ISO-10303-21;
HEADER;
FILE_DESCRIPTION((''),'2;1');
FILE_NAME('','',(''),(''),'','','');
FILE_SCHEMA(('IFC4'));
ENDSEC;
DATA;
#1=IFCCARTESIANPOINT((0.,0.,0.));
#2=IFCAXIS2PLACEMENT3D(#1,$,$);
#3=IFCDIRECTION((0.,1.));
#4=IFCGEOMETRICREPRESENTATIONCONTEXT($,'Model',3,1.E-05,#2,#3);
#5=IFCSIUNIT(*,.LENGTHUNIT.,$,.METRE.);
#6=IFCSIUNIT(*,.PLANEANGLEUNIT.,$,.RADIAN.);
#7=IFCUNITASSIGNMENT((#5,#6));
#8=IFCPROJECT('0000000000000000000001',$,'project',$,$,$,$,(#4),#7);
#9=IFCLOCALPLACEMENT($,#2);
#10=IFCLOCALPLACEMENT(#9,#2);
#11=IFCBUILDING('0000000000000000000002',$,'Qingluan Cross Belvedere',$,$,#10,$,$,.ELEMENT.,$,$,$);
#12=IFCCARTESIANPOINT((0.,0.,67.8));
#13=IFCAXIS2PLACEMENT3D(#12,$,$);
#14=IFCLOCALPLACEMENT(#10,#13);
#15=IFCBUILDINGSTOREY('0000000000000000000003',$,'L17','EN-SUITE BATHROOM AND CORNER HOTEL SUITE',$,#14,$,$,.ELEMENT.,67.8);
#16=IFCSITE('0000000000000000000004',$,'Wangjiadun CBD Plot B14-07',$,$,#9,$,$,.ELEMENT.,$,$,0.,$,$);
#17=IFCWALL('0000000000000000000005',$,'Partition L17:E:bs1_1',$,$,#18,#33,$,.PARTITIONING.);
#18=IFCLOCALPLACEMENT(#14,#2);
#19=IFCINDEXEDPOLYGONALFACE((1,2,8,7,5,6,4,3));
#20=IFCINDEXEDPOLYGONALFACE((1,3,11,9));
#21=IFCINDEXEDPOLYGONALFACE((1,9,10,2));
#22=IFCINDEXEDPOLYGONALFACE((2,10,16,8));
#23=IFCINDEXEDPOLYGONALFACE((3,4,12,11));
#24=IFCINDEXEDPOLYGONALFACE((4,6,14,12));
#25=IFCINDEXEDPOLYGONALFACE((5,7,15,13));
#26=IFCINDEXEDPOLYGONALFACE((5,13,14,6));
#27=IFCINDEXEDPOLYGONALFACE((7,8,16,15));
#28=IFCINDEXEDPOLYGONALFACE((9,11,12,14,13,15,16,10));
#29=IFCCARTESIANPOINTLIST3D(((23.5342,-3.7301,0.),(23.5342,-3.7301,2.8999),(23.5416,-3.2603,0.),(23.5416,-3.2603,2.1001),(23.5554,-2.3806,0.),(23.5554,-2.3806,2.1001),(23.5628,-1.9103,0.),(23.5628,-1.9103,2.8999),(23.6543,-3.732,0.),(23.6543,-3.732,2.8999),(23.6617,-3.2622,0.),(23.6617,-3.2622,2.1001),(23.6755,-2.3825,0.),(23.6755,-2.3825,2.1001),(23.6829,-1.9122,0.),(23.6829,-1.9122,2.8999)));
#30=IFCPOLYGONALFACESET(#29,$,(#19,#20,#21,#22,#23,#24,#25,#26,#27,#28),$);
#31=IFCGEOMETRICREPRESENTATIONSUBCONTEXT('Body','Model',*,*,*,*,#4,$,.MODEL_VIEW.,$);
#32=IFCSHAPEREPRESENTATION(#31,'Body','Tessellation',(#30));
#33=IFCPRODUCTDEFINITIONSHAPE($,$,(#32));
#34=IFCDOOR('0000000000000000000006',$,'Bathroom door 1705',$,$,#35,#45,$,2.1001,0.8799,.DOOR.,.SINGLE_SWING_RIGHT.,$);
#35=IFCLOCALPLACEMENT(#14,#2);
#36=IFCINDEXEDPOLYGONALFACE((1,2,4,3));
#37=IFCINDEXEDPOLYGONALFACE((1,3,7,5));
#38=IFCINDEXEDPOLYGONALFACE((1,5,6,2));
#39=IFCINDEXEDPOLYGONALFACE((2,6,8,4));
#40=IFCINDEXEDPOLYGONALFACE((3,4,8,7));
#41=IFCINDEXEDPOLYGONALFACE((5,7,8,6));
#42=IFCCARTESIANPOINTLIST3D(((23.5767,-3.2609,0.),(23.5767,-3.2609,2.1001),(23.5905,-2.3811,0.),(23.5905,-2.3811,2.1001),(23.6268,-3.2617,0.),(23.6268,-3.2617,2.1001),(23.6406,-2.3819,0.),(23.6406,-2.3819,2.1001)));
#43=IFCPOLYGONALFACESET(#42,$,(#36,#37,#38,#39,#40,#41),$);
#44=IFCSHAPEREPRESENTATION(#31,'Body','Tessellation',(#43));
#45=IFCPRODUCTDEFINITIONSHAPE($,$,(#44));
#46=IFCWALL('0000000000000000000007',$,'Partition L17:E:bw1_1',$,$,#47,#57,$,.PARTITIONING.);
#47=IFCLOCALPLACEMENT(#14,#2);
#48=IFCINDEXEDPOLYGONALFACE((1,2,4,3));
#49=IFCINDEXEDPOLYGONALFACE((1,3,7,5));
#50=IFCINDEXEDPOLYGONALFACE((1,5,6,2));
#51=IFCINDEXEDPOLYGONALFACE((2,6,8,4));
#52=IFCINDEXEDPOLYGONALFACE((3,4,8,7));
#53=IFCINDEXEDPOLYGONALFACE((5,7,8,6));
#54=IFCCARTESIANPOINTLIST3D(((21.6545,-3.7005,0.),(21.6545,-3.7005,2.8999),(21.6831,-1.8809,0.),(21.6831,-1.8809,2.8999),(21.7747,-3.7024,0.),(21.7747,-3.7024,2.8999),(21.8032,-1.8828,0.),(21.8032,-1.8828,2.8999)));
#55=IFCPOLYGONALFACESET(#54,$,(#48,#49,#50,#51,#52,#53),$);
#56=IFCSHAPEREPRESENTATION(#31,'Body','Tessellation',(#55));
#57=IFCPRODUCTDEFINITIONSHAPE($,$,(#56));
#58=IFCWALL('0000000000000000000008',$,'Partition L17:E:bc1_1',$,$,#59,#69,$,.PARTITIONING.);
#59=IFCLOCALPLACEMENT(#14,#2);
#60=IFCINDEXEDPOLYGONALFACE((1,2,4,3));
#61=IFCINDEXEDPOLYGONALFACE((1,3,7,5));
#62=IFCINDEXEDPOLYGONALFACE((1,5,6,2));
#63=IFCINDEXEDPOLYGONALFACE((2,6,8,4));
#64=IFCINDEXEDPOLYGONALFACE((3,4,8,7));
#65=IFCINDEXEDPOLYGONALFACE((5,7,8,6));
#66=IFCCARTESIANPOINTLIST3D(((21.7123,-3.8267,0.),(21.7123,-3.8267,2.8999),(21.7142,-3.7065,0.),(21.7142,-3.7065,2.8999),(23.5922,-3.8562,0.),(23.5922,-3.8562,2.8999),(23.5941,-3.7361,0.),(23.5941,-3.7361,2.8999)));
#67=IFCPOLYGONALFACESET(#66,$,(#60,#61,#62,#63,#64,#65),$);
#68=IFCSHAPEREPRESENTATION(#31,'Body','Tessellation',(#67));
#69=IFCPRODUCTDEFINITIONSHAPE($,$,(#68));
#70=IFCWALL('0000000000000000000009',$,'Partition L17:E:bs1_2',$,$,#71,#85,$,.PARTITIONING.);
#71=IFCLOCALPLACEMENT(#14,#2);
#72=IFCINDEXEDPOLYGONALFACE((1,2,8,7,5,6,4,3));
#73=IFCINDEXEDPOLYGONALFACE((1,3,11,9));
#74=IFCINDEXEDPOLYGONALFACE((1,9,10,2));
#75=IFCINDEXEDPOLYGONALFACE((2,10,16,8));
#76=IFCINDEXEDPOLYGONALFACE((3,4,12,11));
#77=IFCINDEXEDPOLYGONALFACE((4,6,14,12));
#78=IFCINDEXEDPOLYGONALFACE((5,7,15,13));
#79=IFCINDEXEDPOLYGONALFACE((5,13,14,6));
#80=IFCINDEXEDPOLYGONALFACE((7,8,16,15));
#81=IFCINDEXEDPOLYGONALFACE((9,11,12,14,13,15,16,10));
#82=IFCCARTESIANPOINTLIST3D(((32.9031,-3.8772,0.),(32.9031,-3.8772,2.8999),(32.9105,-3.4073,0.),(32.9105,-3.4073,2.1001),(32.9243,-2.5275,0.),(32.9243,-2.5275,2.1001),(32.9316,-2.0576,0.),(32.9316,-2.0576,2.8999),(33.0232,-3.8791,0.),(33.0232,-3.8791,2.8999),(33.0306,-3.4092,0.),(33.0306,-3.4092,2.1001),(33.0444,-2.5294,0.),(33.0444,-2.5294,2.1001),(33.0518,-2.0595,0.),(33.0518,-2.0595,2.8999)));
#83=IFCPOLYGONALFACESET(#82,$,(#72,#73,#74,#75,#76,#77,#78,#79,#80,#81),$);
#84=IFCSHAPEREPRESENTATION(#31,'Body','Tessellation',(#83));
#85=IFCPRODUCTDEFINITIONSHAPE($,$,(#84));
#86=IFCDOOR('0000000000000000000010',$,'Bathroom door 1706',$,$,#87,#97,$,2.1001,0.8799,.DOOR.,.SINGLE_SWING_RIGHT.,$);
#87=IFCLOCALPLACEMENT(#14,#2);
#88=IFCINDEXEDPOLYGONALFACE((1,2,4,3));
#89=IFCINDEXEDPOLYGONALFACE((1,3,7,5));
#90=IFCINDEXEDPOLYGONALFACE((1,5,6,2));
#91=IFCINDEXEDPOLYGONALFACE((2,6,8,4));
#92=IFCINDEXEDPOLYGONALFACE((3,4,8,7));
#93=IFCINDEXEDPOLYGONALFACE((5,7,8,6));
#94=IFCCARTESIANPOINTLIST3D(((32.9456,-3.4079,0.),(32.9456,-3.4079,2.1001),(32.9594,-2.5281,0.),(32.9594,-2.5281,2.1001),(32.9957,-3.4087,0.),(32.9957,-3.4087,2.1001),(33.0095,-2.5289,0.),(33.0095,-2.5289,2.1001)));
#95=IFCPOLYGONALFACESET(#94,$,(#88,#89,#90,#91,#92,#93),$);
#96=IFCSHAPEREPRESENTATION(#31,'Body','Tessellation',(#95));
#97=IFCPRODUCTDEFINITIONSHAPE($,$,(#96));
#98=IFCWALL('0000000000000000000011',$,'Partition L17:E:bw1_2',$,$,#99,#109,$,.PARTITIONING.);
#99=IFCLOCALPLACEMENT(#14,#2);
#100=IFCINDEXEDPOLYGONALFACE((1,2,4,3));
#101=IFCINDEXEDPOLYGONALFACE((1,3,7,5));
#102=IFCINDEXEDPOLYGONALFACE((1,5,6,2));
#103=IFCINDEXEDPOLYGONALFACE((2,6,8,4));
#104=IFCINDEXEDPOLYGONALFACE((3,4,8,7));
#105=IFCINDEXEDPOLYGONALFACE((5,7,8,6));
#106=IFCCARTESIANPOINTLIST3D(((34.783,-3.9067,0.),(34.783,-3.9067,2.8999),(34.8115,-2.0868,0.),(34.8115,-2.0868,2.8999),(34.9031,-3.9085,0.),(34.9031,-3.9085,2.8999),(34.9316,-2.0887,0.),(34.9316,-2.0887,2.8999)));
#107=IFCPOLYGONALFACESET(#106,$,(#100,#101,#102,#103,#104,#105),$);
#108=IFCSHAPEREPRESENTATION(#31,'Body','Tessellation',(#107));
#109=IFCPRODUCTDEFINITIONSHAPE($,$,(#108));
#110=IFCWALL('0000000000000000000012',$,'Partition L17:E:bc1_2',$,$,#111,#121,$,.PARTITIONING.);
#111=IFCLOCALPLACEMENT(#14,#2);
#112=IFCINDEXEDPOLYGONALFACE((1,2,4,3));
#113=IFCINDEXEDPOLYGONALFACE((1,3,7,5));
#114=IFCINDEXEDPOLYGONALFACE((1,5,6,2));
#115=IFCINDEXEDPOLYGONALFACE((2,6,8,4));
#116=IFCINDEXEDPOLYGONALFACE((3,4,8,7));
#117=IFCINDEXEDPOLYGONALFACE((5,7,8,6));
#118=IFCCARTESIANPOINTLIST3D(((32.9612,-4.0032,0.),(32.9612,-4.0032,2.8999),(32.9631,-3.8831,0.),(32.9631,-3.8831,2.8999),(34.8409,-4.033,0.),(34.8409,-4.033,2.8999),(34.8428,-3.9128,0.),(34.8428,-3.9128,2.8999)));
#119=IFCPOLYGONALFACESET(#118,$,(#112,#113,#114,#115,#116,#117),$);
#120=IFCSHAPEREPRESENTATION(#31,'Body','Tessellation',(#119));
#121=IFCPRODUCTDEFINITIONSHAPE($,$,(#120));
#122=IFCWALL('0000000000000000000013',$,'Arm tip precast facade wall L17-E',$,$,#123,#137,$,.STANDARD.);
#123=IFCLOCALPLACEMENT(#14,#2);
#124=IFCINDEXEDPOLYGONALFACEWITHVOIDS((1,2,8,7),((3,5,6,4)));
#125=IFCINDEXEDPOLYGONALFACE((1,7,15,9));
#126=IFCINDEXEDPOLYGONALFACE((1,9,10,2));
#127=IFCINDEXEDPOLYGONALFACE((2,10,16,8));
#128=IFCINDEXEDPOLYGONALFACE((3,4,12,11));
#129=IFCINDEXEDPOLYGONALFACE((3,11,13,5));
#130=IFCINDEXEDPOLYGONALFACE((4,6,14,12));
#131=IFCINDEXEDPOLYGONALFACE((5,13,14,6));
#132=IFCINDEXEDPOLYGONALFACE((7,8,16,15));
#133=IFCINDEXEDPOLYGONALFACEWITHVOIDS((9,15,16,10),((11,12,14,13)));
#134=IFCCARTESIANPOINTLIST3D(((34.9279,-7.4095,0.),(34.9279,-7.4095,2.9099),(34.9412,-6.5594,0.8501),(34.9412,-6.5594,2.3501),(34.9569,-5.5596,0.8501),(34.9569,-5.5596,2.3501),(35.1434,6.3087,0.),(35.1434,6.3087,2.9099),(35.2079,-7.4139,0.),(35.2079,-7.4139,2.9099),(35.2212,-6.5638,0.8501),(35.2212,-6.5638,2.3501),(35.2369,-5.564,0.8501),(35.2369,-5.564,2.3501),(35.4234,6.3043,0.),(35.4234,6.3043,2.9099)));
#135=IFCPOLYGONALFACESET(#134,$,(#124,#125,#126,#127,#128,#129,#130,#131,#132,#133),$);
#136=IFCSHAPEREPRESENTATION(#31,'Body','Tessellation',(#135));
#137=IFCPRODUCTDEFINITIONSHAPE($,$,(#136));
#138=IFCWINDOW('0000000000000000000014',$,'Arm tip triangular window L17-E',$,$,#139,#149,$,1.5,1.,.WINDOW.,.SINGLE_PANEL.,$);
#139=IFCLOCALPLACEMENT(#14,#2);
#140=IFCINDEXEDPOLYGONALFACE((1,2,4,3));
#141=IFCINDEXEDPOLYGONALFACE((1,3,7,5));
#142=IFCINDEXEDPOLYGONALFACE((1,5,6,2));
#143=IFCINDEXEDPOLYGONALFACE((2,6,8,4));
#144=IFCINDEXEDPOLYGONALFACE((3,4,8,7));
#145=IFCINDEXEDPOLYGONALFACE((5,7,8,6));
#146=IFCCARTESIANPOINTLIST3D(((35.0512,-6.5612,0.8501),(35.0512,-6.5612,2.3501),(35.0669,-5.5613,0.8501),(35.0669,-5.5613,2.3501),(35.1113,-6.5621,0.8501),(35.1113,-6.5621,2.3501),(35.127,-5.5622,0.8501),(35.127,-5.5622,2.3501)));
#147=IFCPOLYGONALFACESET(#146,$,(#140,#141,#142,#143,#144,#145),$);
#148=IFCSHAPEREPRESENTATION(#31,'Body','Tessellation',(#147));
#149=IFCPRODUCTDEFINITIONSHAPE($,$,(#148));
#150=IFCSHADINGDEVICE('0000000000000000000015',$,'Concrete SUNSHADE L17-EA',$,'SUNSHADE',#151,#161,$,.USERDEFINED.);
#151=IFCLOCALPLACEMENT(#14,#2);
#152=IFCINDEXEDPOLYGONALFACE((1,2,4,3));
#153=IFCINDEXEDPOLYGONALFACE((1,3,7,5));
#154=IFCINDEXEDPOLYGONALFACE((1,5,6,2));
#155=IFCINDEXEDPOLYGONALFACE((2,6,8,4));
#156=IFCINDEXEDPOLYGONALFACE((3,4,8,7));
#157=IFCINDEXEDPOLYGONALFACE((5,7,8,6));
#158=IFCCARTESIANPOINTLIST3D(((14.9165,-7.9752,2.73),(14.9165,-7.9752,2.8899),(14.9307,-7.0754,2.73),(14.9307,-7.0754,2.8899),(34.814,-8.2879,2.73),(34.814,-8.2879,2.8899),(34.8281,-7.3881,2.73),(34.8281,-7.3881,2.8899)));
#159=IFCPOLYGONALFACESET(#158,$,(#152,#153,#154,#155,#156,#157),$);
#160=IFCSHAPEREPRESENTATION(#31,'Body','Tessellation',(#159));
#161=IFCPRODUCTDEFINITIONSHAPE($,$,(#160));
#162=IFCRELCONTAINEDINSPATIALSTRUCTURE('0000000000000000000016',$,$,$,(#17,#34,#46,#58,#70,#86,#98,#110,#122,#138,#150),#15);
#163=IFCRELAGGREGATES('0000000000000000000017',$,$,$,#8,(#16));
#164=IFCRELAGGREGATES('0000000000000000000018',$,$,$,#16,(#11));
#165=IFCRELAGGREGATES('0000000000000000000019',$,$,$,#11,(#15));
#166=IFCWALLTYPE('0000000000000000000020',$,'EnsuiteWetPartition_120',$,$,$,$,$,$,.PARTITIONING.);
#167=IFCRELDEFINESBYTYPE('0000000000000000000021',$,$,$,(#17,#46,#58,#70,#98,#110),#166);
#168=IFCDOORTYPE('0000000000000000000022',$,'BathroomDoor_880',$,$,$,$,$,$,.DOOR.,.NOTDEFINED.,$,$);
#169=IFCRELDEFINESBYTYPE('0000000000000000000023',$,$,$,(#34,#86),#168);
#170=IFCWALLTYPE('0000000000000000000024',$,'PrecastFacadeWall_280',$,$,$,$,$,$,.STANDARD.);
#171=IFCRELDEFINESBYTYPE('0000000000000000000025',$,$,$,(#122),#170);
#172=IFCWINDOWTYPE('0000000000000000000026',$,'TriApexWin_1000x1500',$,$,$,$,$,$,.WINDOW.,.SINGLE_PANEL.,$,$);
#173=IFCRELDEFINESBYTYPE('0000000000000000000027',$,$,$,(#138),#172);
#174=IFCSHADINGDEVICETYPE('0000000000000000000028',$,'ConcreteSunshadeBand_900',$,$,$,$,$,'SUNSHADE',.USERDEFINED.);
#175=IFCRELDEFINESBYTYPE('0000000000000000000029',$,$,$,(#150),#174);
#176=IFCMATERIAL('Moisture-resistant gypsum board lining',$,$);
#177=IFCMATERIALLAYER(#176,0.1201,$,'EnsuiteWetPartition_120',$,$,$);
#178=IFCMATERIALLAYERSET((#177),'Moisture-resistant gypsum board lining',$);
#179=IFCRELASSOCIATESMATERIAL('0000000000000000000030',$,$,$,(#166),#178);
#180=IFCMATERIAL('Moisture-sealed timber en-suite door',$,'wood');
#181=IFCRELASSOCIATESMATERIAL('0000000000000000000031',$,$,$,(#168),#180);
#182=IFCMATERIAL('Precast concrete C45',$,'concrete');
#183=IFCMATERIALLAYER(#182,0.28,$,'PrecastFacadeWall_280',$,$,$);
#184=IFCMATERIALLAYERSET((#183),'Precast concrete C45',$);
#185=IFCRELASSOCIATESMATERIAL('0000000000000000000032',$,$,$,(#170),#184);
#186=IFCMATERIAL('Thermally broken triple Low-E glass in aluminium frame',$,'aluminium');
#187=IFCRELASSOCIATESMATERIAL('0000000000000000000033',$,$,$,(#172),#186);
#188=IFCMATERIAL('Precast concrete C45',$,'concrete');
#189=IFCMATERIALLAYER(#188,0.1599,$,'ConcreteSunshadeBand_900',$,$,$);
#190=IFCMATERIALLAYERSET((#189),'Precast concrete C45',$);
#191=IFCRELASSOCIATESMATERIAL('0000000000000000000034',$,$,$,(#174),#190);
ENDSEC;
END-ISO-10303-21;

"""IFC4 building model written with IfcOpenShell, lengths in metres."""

from ifc_helpers import new_model, si_unit, direction, frame, frame_2d, origin, origin_2d, place, context, subcontext, project, spatial, rectangle, extrude, material, layer, layer_set, type_object, element, fill, save


model = new_model("IFC4")

# Units and contexts
model_context = context("Model", 3, precision=1e-05, world=origin(), true_north=direction((0.0, 1.0)))
body_context = subcontext(model_context, "Body", "Model", "MODEL_VIEW")
ifc_project = project(units=[si_unit("LENGTHUNIT", "METRE"), si_unit("PLANEANGLEUNIT", "RADIAN")], contexts=[model_context])

# Site, building, storey
site_placement = place(None, origin())
site = spatial("IfcSite", under=ifc_project, at=site_placement, Name="Wangjiadun CBD Plot B14-07", CompositionType="ELEMENT", RefElevation=0.0)
building_placement = place(site_placement, origin())
building = spatial("IfcBuilding", under=site, at=building_placement, Name="Qingluan Cross Belvedere", CompositionType="ELEMENT")
storey_placement = place(building_placement, frame((0.0, 0.0, 67.8)))
storey = spatial("IfcBuildingStorey", under=building, at=storey_placement, Name="L17", Description="EN-SUITE BATHROOM AND CORNER HOTEL SUITE", CompositionType="ELEMENT", Elevation=67.8)

# Shared definitions
ifc_material_1 = material(Name="Moisture-resistant gypsum board lining")
ifc_layer_1 = layer(ifc_material_1, 0.1201, Name="EnsuiteWetPartition_120")
ifc_layer_set_1 = layer_set([ifc_layer_1], Name="Moisture-resistant gypsum board lining")
wall_type_1 = type_object("IfcWallType", Name="EnsuiteWetPartition_120", PredefinedType="PARTITIONING", material=ifc_layer_set_1)
ifc_material_2 = material(Name="Moisture-sealed timber en-suite door", Category="wood")
door_type = type_object("IfcDoorType", Name="BathroomDoor_880", OperationType="NOTDEFINED", PredefinedType="DOOR", material=ifc_material_2)

# Wall, opening, door
wall_1_placement = place(storey_placement, frame((23.5942, -3.7312, 0.0), z_axis=(0.0, 0.0, 1.0), x_axis=(0.015694, 0.999877, 0.0)))
wall_1 = element("IfcWall", 1, at=wall_1_placement, inside=storey, type_object=wall_type_1, Name="Partition L17:E:bs1_1", PredefinedType="PARTITIONING", context=body_context, shape_type="SweptSolid", body=[
    extrude(rectangle(XDim=1.8201, YDim=0.1201, at=frame_2d((0.9102, 0.0))), origin(), (0.0, 0.0, 1.0), 2.8999),
])
opening_1_placement = place(wall_1_placement, frame((0.47, 0.0, 0.0)))
opening_1 = element("IfcOpeningElement", 2, at=opening_1_placement, cuts=wall_1, PredefinedType="OPENING", context=body_context, shape_type="SweptSolid", body=[
    extrude(rectangle(XDim=0.8799, YDim=2.1001, at=frame_2d((0.4399, 1.05))), frame((0.0, 0.0701, 0.0), z_axis=(0.0, -1.0, 0.0), x_axis=(1.0, 0.0, 0.0)), (0.0, 0.0, 1.0), 0.1401),
])
door_1_placement = place(opening_1_placement, origin())
door_1 = element("IfcDoor", 3, at=door_1_placement, inside=storey, type_object=door_type, Name="Bathroom door 1705", OperationType="SINGLE_SWING_RIGHT", OverallHeight=2.1001, OverallWidth=0.8799, PredefinedType="DOOR", context=body_context, shape_type="SweptSolid", body=[
    extrude(rectangle(XDim=0.8799, YDim=2.1001, at=frame_2d((0.4399, 1.05))), frame((0.0, 0.0249, 0.0), z_axis=(0.0, -1.0, 0.0), x_axis=(1.0, 0.0, 0.0)), (0.0, 0.0, 1.0), 0.05),
])
fill(opening_1, door_1)

# Walls
wall_2_placement = place(storey_placement, frame((21.7146, -3.7014, 0.0), z_axis=(0.0, 0.0, 1.0), x_axis=(0.015696, 0.999877, 0.0)))
element("IfcWall", 4, at=wall_2_placement, inside=storey, type_object=wall_type_1, Name="Partition L17:E:bw1_1", PredefinedType="PARTITIONING", context=body_context, shape_type="SweptSolid", body=[
    extrude(rectangle(XDim=1.8198, YDim=0.1201, at=frame_2d((0.9099, 0.0))), origin(), (0.0, 0.0, 1.0), 2.8999),
])
wall_3_placement = place(storey_placement, frame((21.7134, -3.7666, 0.0), z_axis=(0.0, 0.0, 1.0), x_axis=(0.999877, -0.015712, 0.0)))
element("IfcWall", 5, at=wall_3_placement, inside=storey, type_object=wall_type_1, Name="Partition L17:E:bc1_1", PredefinedType="PARTITIONING", context=body_context, shape_type="SweptSolid", body=[
    extrude(rectangle(XDim=1.8801, YDim=0.1201, at=frame_2d((0.9399, 0.0))), origin(), (0.0, 0.0, 1.0), 2.8999),
])

# Wall, opening, door
wall_4_placement = place(storey_placement, frame((32.9631, -3.8782, 0.0), z_axis=(0.0, 0.0, 1.0), x_axis=(0.015696, 0.999877, 0.0)))
wall_4 = element("IfcWall", 6, at=wall_4_placement, inside=storey, type_object=wall_type_1, Name="Partition L17:E:bs1_2", PredefinedType="PARTITIONING", context=body_context, shape_type="SweptSolid", body=[
    extrude(rectangle(XDim=1.8198, YDim=0.1201, at=frame_2d((0.9099, 0.0))), origin(), (0.0, 0.0, 1.0), 2.8999),
])
opening_2_placement = place(wall_4_placement, frame((0.47, 0.0, 0.0)))
opening_2 = element("IfcOpeningElement", 7, at=opening_2_placement, cuts=wall_4, PredefinedType="OPENING", context=body_context, shape_type="SweptSolid", body=[
    extrude(rectangle(XDim=0.8799, YDim=2.1001, at=frame_2d((0.4399, 1.05))), frame((0.0, 0.0701, 0.0), z_axis=(0.0, -1.0, 0.0), x_axis=(1.0, 0.0, 0.0)), (0.0, 0.0, 1.0), 0.1401),
])
door_2_placement = place(opening_2_placement, origin())
door_2 = element("IfcDoor", 8, at=door_2_placement, inside=storey, type_object=door_type, Name="Bathroom door 1706", OperationType="SINGLE_SWING_RIGHT", OverallHeight=2.1001, OverallWidth=0.8799, PredefinedType="DOOR", context=body_context, shape_type="SweptSolid", body=[
    extrude(rectangle(XDim=0.8799, YDim=2.1001, at=frame_2d((0.4399, 1.05))), frame((0.0, 0.0249, 0.0), z_axis=(0.0, -1.0, 0.0), x_axis=(1.0, 0.0, 0.0)), (0.0, 0.0, 1.0), 0.05),
])
fill(opening_2, door_2)

# Walls
wall_5_placement = place(storey_placement, frame((34.843, -3.9077, 0.0), z_axis=(0.0, 0.0, 1.0), x_axis=(0.015694, 0.999877, 0.0)))
element("IfcWall", 9, at=wall_5_placement, inside=storey, type_object=wall_type_1, Name="Partition L17:E:bw1_2", PredefinedType="PARTITIONING", context=body_context, shape_type="SweptSolid", body=[
    extrude(rectangle(XDim=1.8201, YDim=0.1201, at=frame_2d((0.9102, 0.0))), origin(), (0.0, 0.0, 1.0), 2.8999),
])
wall_6_placement = place(storey_placement, frame((32.9622, -3.9431, 0.0), z_axis=(0.0, 0.0, 1.0), x_axis=(0.999874, -0.015844, 0.0)))
element("IfcWall", 10, at=wall_6_placement, inside=storey, type_object=wall_type_1, Name="Partition L17:E:bc1_2", PredefinedType="PARTITIONING", context=body_context, shape_type="SweptSolid", body=[
    extrude(rectangle(XDim=1.8799, YDim=0.1201, at=frame_2d((0.9399, 0.0))), origin(), (0.0, 0.0, 1.0), 2.8999),
])

# Wall, opening, window
ifc_material_3 = material(Name="Precast concrete C45", Category="concrete")
ifc_layer_2 = layer(ifc_material_3, 0.28, Name="PrecastFacadeWall_280")
ifc_layer_set_2 = layer_set([ifc_layer_2], Name="Precast concrete C45")
wall_type_2 = type_object("IfcWallType", Name="PrecastFacadeWall_280", PredefinedType="STANDARD", material=ifc_layer_set_2)
wall_7_placement = place(storey_placement, frame((35.0679, -7.4116, 0.0), z_axis=(0.0, 0.0, 1.0), x_axis=(0.015713, 0.999877, 0.0)))
wall_7 = element("IfcWall", 11, at=wall_7_placement, inside=storey, type_object=wall_type_2, Name="Arm tip precast facade wall L17-E", PredefinedType="STANDARD", context=body_context, shape_type="SweptSolid", body=[
    extrude(rectangle(XDim=13.72, YDim=0.28, at=frame_2d((6.8599, 0.0))), origin(), (0.0, 0.0, 1.0), 2.9099),
])
opening_3_placement = place(wall_7_placement, frame((0.8501, 0.0, 0.8501)))
opening_3 = element("IfcOpeningElement", 12, at=opening_3_placement, cuts=wall_7, PredefinedType="OPENING", context=body_context, shape_type="SweptSolid", body=[
    extrude(rectangle(XDim=1.0, YDim=1.5, at=frame_2d((0.5, 0.75))), frame((0.0, 0.1499, 0.0), z_axis=(0.0, -1.0, 0.0), x_axis=(1.0, 0.0, 0.0)), (0.0, 0.0, 1.0), 0.3),
])
ifc_material_4 = material(Name="Thermally broken triple Low-E glass in aluminium frame", Category="aluminium")
window_type = type_object("IfcWindowType", Name="TriApexWin_1000x1500", PartitioningType="SINGLE_PANEL", PredefinedType="WINDOW", material=ifc_material_4)
window_placement = place(opening_3_placement, origin())
window = element("IfcWindow", 13, at=window_placement, inside=storey, type_object=window_type, Name="Arm tip triangular window L17-E", OverallHeight=1.5, OverallWidth=1.0, PartitioningType="SINGLE_PANEL", PredefinedType="WINDOW", context=body_context, shape_type="SweptSolid", body=[
    extrude(rectangle(XDim=1.0, YDim=1.5, at=frame_2d((0.5, 0.75))), frame((0.0, 0.03, 0.0), z_axis=(0.0, -1.0, 0.0), x_axis=(1.0, 0.0, 0.0)), (0.0, 0.0, 1.0), 0.0601),
])
fill(opening_3, window)

# Shading device
ifc_material_5 = material(Name="Precast concrete C45", Category="concrete")
ifc_layer_3 = layer(ifc_material_5, 0.1599, Name="ConcreteSunshadeBand_900")
ifc_layer_set_3 = layer_set([ifc_layer_3], Name="Precast concrete C45")
shading_device_type = type_object("IfcShadingDeviceType", Name="ConcreteSunshadeBand_900", ElementType="SUNSHADE", PredefinedType="USERDEFINED", material=ifc_layer_set_3)
shading_device_placement = place(storey_placement, frame((24.8723, -7.6816, 2.73), z_axis=(0.0, 0.0, 1.0), x_axis=(0.999877, -0.015711, 0.0)))
element("IfcShadingDevice", 14, at=shading_device_placement, inside=storey, type_object=shading_device_type, Name="Concrete SUNSHADE L17-EA", ObjectType="SUNSHADE", PredefinedType="USERDEFINED", context=body_context, shape_type="SweptSolid", body=[
    extrude(rectangle(XDim=19.8999, YDim=0.8999, at=origin_2d()), origin(), (0.0, 0.0, 1.0), 0.1599),
])

save(model, "model.ifc")
